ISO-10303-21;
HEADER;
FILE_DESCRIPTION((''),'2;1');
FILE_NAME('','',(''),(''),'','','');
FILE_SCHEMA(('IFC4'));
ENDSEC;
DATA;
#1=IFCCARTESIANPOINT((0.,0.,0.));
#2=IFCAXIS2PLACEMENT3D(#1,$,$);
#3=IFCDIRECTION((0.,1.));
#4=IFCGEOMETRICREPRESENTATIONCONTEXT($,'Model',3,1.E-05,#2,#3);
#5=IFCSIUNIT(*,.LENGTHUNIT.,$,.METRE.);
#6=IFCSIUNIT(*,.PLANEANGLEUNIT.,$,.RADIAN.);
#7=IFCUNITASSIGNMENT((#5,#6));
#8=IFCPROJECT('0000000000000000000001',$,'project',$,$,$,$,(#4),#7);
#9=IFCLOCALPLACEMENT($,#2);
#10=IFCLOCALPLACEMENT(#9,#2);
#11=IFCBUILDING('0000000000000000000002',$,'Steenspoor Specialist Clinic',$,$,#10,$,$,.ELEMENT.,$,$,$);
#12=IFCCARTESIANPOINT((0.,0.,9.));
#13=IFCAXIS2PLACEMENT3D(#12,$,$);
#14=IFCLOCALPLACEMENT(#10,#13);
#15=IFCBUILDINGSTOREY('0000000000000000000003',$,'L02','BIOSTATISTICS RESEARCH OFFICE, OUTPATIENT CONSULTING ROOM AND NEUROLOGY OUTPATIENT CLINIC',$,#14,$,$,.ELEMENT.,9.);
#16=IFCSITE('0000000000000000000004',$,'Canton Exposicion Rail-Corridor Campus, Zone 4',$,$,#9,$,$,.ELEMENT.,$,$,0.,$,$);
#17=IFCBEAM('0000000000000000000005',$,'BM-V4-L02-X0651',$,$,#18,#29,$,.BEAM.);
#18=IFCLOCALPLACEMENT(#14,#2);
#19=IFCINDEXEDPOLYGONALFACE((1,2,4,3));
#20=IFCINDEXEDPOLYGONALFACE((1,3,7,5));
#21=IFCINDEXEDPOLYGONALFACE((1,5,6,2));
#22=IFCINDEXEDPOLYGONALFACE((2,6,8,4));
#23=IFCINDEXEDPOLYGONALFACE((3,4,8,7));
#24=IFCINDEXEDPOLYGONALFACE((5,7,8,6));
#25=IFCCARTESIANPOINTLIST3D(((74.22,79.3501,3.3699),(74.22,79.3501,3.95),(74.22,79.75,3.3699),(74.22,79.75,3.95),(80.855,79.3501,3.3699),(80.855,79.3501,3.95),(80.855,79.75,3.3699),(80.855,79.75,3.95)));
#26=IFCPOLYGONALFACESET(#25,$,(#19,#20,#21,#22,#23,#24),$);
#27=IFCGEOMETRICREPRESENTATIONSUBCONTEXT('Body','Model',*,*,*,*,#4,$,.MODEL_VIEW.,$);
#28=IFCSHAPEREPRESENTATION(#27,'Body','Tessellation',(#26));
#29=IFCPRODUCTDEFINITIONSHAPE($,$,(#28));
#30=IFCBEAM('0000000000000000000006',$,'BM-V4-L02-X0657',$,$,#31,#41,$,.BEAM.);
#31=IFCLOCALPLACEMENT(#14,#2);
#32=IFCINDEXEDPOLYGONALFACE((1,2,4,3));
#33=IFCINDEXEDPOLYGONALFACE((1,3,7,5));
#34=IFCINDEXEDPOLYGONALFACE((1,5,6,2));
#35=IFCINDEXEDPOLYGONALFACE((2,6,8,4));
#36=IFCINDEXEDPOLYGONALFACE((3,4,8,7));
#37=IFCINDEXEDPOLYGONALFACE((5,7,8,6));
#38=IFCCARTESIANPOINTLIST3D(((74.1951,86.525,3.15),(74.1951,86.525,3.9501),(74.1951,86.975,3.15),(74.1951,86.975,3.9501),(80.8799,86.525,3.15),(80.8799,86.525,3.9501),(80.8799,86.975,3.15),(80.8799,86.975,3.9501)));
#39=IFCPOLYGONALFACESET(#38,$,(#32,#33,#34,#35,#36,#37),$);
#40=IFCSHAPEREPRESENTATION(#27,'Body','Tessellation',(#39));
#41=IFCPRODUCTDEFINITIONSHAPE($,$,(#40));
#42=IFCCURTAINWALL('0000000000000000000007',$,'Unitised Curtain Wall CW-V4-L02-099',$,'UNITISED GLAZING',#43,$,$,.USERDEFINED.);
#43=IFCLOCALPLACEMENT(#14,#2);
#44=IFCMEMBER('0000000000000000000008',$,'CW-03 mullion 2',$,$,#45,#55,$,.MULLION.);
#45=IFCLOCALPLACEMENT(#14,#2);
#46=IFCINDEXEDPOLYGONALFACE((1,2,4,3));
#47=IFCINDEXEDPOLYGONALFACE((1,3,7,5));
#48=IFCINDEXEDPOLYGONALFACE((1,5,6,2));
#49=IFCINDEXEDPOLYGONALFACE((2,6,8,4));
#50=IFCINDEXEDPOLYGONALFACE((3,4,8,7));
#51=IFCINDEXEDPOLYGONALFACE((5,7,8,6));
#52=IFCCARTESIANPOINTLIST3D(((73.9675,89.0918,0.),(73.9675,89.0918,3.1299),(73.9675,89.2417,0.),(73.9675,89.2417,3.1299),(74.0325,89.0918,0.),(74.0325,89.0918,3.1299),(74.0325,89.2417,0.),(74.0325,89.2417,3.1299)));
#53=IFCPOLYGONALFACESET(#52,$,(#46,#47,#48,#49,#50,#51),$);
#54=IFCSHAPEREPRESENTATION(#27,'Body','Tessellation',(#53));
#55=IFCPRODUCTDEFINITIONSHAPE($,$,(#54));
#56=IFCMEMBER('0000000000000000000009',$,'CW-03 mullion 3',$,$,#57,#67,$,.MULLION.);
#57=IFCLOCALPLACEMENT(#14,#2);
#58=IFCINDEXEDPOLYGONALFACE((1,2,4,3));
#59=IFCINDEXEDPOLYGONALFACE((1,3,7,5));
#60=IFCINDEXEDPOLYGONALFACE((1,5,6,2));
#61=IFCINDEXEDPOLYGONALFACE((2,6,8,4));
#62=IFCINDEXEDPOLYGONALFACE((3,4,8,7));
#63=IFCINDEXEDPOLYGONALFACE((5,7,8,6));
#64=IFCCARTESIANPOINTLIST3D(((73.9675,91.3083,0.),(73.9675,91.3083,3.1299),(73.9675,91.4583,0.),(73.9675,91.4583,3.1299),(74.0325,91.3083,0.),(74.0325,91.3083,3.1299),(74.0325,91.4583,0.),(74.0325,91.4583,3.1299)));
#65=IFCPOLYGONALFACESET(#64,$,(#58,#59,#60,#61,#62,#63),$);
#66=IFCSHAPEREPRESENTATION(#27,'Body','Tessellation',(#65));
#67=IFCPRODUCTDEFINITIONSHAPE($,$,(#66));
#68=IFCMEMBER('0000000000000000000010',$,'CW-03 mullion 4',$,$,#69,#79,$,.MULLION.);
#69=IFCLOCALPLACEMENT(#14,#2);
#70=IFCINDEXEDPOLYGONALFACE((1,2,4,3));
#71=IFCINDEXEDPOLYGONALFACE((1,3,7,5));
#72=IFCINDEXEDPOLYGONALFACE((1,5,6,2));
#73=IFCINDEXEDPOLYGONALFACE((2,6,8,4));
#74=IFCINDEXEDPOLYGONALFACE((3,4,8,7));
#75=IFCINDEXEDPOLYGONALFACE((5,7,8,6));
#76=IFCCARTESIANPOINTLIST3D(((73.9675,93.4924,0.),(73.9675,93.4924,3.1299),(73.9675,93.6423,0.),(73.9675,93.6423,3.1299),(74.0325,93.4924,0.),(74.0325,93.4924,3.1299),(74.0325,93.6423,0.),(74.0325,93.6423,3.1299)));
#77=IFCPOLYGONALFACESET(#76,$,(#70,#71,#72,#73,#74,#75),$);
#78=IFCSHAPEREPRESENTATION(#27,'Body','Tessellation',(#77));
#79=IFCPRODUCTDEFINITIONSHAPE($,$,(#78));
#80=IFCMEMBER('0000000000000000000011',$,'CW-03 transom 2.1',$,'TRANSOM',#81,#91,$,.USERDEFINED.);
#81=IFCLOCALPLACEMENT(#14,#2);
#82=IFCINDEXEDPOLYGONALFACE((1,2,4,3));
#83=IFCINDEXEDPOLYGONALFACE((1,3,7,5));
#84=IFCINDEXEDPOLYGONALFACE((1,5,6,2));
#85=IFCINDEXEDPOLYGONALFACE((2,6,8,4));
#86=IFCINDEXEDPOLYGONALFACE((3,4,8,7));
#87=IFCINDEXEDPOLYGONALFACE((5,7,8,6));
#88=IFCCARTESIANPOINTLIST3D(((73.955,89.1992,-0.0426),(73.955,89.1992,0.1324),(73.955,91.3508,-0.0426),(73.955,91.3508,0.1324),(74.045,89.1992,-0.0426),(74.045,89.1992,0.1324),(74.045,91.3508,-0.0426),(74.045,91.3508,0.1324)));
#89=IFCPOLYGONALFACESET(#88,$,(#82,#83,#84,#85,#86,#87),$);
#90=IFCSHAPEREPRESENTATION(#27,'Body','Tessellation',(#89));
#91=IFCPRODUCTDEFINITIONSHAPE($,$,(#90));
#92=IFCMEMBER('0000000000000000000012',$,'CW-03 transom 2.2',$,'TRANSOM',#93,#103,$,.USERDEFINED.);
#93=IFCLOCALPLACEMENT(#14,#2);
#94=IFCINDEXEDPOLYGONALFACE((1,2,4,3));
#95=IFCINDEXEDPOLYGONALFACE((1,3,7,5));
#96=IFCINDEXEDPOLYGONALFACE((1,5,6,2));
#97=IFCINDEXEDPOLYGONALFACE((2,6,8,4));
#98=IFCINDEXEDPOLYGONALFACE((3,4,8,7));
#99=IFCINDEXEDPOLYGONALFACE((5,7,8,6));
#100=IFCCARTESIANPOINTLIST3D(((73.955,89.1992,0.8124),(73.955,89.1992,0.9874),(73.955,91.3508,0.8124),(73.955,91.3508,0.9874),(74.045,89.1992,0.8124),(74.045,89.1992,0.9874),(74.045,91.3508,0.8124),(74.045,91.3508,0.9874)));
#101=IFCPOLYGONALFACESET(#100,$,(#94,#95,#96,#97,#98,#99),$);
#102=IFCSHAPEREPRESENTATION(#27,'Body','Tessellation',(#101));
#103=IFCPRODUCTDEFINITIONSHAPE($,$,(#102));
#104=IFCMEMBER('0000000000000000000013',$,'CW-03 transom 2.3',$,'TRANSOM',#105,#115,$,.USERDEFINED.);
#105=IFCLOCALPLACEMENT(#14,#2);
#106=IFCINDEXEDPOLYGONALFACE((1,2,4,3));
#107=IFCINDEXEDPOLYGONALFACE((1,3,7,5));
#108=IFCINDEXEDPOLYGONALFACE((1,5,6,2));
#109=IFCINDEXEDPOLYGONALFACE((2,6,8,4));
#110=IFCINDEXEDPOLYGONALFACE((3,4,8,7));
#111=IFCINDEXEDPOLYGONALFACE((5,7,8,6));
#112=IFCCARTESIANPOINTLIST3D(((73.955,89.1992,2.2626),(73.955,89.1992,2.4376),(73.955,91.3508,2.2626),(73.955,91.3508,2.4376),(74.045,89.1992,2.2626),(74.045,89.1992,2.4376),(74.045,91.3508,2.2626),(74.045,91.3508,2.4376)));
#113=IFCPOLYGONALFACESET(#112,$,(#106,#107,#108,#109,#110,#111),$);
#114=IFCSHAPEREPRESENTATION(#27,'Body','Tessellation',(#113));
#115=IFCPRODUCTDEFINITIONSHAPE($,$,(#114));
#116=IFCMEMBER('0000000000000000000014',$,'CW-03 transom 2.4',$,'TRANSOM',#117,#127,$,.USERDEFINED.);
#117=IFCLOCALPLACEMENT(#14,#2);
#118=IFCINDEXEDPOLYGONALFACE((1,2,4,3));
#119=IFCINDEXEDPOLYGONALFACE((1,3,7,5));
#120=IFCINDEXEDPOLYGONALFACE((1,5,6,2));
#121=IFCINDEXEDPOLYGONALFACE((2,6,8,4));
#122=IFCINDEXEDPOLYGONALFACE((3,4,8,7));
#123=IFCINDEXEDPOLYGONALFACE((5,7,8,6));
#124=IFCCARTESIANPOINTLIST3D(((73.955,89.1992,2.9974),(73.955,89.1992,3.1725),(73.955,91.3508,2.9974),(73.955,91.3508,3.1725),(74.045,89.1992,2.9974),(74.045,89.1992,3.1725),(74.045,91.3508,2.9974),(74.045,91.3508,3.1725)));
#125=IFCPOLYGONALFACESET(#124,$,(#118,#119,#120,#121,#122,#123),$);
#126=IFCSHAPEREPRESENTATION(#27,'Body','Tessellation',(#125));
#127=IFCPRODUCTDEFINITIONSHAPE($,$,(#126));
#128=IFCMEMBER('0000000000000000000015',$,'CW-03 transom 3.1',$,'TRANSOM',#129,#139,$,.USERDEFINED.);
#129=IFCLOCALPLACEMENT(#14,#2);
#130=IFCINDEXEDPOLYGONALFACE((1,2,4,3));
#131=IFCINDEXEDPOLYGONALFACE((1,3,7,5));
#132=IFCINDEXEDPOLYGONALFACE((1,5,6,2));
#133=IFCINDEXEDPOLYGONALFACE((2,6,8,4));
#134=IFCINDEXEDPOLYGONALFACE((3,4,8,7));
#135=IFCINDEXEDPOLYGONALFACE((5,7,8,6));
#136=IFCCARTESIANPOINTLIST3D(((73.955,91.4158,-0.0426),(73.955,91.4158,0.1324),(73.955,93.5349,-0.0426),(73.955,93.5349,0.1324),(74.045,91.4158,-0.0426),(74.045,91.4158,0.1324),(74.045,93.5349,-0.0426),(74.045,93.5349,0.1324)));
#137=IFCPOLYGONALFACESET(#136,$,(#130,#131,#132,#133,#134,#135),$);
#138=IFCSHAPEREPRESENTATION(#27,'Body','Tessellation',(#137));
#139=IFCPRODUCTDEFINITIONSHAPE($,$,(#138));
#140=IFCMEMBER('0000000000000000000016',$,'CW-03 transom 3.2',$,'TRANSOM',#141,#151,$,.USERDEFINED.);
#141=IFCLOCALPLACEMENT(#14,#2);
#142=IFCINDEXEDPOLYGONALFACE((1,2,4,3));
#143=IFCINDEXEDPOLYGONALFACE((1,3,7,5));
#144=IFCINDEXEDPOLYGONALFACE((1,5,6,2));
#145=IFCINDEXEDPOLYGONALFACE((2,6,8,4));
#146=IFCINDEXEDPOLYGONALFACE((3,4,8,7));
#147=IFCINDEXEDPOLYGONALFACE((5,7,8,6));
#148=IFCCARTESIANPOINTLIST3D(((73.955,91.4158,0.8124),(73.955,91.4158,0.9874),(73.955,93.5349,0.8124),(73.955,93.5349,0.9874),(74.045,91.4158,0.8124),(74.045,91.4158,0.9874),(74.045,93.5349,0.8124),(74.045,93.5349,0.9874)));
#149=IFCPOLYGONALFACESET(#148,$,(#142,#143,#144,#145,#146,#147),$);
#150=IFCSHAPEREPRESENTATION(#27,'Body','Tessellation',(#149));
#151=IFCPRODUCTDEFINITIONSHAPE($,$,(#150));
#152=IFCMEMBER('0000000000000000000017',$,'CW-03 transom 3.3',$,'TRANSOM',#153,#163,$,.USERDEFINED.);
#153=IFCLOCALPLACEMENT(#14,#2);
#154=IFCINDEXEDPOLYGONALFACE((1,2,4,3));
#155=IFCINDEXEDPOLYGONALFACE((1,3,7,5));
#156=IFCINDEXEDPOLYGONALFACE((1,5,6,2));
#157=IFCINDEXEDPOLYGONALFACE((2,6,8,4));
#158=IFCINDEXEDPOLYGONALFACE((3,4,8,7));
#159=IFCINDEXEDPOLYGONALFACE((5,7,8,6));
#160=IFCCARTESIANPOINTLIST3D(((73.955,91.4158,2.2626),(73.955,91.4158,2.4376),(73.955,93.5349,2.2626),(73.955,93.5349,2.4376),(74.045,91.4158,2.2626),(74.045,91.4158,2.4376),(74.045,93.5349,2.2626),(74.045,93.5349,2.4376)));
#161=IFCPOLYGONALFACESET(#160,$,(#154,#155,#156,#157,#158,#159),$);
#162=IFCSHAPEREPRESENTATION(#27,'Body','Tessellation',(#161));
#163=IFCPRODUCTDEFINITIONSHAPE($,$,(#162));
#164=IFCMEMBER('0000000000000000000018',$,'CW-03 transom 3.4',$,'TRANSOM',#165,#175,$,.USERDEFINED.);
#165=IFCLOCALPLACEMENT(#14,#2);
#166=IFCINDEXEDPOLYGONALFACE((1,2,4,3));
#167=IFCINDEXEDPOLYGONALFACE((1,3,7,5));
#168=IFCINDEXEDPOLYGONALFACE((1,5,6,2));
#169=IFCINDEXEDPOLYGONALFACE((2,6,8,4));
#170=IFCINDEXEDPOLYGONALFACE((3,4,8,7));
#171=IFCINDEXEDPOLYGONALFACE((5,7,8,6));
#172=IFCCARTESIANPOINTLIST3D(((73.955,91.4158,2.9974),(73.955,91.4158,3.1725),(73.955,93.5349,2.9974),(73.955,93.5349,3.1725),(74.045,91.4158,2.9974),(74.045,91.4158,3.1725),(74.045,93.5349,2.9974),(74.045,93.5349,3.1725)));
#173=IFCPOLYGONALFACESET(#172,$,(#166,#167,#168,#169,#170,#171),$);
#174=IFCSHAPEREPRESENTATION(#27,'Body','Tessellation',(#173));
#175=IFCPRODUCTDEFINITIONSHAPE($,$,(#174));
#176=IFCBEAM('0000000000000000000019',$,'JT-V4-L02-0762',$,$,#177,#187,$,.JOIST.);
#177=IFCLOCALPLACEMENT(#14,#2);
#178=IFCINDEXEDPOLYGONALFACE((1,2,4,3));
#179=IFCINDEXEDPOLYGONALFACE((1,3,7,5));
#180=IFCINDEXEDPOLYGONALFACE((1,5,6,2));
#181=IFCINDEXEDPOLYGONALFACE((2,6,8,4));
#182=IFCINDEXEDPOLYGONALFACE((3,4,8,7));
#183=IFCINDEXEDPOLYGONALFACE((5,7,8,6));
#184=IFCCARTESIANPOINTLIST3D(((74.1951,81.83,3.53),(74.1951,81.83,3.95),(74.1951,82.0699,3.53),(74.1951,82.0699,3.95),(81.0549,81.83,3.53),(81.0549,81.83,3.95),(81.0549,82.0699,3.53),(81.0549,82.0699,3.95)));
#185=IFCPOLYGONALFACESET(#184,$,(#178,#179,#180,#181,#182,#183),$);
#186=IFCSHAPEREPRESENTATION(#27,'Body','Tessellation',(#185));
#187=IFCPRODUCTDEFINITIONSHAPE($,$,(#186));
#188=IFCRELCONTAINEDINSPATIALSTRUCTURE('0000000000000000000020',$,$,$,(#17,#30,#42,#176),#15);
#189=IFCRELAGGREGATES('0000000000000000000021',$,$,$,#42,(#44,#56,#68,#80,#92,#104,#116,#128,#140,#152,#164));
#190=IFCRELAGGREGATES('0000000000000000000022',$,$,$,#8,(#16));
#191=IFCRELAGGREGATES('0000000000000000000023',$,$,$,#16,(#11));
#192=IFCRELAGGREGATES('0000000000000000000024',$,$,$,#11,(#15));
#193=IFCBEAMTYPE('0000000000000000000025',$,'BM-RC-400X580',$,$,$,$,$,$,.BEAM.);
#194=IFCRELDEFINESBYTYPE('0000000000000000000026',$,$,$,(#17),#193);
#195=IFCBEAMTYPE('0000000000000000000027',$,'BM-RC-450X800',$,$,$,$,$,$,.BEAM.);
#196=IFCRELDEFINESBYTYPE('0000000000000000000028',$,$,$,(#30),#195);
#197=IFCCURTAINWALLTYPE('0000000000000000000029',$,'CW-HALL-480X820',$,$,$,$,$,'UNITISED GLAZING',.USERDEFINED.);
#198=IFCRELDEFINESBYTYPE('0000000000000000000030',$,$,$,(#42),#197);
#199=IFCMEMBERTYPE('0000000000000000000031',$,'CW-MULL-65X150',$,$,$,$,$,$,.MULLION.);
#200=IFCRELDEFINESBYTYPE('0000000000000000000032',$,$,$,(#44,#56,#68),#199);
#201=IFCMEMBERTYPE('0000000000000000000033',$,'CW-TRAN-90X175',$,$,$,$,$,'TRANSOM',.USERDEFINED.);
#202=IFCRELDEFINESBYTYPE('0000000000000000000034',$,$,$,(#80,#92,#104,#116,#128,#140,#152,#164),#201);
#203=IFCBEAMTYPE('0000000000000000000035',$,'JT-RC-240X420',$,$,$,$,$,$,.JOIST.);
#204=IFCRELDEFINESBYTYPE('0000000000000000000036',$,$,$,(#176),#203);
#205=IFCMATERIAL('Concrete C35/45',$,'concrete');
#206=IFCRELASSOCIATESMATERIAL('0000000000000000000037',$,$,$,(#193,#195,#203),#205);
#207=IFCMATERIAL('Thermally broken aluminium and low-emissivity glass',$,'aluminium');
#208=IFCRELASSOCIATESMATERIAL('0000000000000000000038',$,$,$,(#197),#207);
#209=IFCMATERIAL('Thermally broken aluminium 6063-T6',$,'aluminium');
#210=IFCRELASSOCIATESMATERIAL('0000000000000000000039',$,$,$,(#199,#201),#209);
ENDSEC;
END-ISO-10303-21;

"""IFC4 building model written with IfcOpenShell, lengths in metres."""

from ifc_helpers import new_model, si_unit, direction, frame, origin, origin_2d, place, context, subcontext, project, spatial, rectangle, extrude, material, material_profile, profile_set, type_object, element, aggregate, save


model = new_model("IFC4")

# Units and contexts
model_context = context("Model", 3, precision=1e-05, world=origin(), true_north=direction((0.0, 1.0)))
body_context = subcontext(model_context, "Body", "Model", "MODEL_VIEW")
ifc_project = project(units=[si_unit("LENGTHUNIT", "METRE"), si_unit("PLANEANGLEUNIT", "RADIAN")], contexts=[model_context])

# Site, building, storey
site_placement = place(None, origin())
site = spatial("IfcSite", under=ifc_project, at=site_placement, Name="Canton Exposicion Rail-Corridor Campus, Zone 4", CompositionType="ELEMENT", RefElevation=0.0)
building_placement = place(site_placement, origin())
building = spatial("IfcBuilding", under=site, at=building_placement, Name="Steenspoor Specialist Clinic", CompositionType="ELEMENT")
storey_placement = place(building_placement, frame((0.0, 0.0, 9.0)))
storey = spatial("IfcBuildingStorey", under=building, at=storey_placement, Name="L02", Description="BIOSTATISTICS RESEARCH OFFICE, OUTPATIENT CONSULTING ROOM AND NEUROLOGY OUTPATIENT CLINIC", CompositionType="ELEMENT", Elevation=9.0)

# Beams
ifc_material_1 = material(Name="Concrete C35/45", Category="concrete")
ifc_material_profile_1 = material_profile(ifc_material_1, rectangle(XDim=0.3999, YDim=0.5801, at=origin_2d()), Name="RC-BM-400X580")
ifc_profile_set_1 = profile_set([ifc_material_profile_1], Name="Concrete C35/45")
beam_type_1 = type_object("IfcBeamType", Name="BM-RC-400X580", PredefinedType="BEAM", material=ifc_profile_set_1)
beam_1_placement = place(storey_placement, frame((74.22, 79.55, 3.6599), z_axis=(1.0, 0.0, 0.0), x_axis=(0.0, 1.0, 0.0)))
element("IfcBeam", 1, at=beam_1_placement, inside=storey, type_object=beam_type_1, Name="BM-V4-L02-X0651", PredefinedType="BEAM", context=body_context, shape_type="SweptSolid", body=[
    extrude(rectangle(XDim=0.3999, YDim=0.5801, at=origin_2d()), origin(), (0.0, 0.0, 1.0), 6.635),
])
ifc_material_profile_2 = material_profile(ifc_material_1, rectangle(XDim=0.45, YDim=0.8, at=origin_2d()), Name="RC-BM-450X800")
ifc_profile_set_2 = profile_set([ifc_material_profile_2], Name="Concrete C35/45")
beam_type_2 = type_object("IfcBeamType", Name="BM-RC-450X800", PredefinedType="BEAM", material=ifc_profile_set_2)
beam_2_placement = place(storey_placement, frame((74.1951, 86.75, 3.55), z_axis=(1.0, 0.0, 0.0), x_axis=(0.0, 1.0, 0.0)))
element("IfcBeam", 2, at=beam_2_placement, inside=storey, type_object=beam_type_2, Name="BM-V4-L02-X0657", PredefinedType="BEAM", context=body_context, shape_type="SweptSolid", body=[
    extrude(rectangle(XDim=0.45, YDim=0.8, at=origin_2d()), origin(), (0.0, 0.0, 1.0), 6.6848),
])

# Curtain wall, members
ifc_material_2 = material(Name="Thermally broken aluminium and low-emissivity glass", Category="aluminium")
curtain_wall_type = type_object("IfcCurtainWallType", Name="CW-HALL-480X820", ElementType="UNITISED GLAZING", PredefinedType="USERDEFINED", material=ifc_material_2)
curtain_wall_placement = place(storey_placement, origin())
curtain_wall = element("IfcCurtainWall", 3, at=curtain_wall_placement, inside=storey, type_object=curtain_wall_type, Name="Unitised Curtain Wall CW-V4-L02-099", ObjectType="UNITISED GLAZING", PredefinedType="USERDEFINED")
ifc_material_3 = material(Name="Thermally broken aluminium 6063-T6", Category="aluminium")
ifc_material_profile_3 = material_profile(ifc_material_3, rectangle(XDim=0.0649, YDim=0.1499, at=origin_2d()), Name="CWM-65X150")
ifc_profile_set_3 = profile_set([ifc_material_profile_3], Name="Thermally broken aluminium 6063-T6")
member_type_1 = type_object("IfcMemberType", Name="CW-MULL-65X150", PredefinedType="MULLION", material=ifc_profile_set_3)
member_1_placement = place(storey_placement, frame((74.0, 89.1667, 0.0), z_axis=(0.0, 0.0, 1.0), x_axis=(-1.0, 0.0, 0.0)))
member_1 = element("IfcMember", 4, at=member_1_placement, type_object=member_type_1, Name="CW-03 mullion 2", PredefinedType="MULLION", context=body_context, shape_type="SweptSolid", body=[
    extrude(rectangle(XDim=0.0649, YDim=0.1499, at=origin_2d()), origin(), (0.0, 0.0, 1.0), 3.1299),
])
member_2_placement = place(storey_placement, frame((74.0, 91.3833, 0.0), z_axis=(0.0, 0.0, 1.0), x_axis=(-1.0, 0.0, 0.0)))
member_2 = element("IfcMember", 5, at=member_2_placement, type_object=member_type_1, Name="CW-03 mullion 3", PredefinedType="MULLION", context=body_context, shape_type="SweptSolid", body=[
    extrude(rectangle(XDim=0.0649, YDim=0.1499, at=origin_2d()), origin(), (0.0, 0.0, 1.0), 3.1299),
])
member_3_placement = place(storey_placement, frame((74.0, 93.5674, 0.0), z_axis=(0.0, 0.0, 1.0), x_axis=(-1.0, 0.0, 0.0)))
member_3 = element("IfcMember", 6, at=member_3_placement, type_object=member_type_1, Name="CW-03 mullion 4", PredefinedType="MULLION", context=body_context, shape_type="SweptSolid", body=[
    extrude(rectangle(XDim=0.0649, YDim=0.1499, at=origin_2d()), origin(), (0.0, 0.0, 1.0), 3.1299),
])
ifc_material_profile_4 = material_profile(ifc_material_3, rectangle(XDim=0.0901, YDim=0.175, at=origin_2d()), Name="CWT-90X175")
ifc_profile_set_4 = profile_set([ifc_material_profile_4], Name="Thermally broken aluminium 6063-T6")
member_type_2 = type_object("IfcMemberType", Name="CW-TRAN-90X175", ElementType="TRANSOM", PredefinedType="USERDEFINED", material=ifc_profile_set_4)
member_4_placement = place(storey_placement, frame((74.0, 89.1992, 0.0449), z_axis=(0.0, 1.0, 0.0), x_axis=(-1.0, 0.0, 0.0)))
member_4 = element("IfcMember", 7, at=member_4_placement, type_object=member_type_2, Name="CW-03 transom 2.1", ObjectType="TRANSOM", PredefinedType="USERDEFINED", context=body_context, shape_type="SweptSolid", body=[
    extrude(rectangle(XDim=0.0901, YDim=0.175, at=origin_2d()), origin(), (0.0, 0.0, 1.0), 2.1516),
])
member_5_placement = place(storey_placement, frame((74.0, 89.1992, 0.8999), z_axis=(0.0, 1.0, 0.0), x_axis=(-1.0, 0.0, 0.0)))
member_5 = element("IfcMember", 8, at=member_5_placement, type_object=member_type_2, Name="CW-03 transom 2.2", ObjectType="TRANSOM", PredefinedType="USERDEFINED", context=body_context, shape_type="SweptSolid", body=[
    extrude(rectangle(XDim=0.0901, YDim=0.175, at=origin_2d()), origin(), (0.0, 0.0, 1.0), 2.1516),
])
member_6_placement = place(storey_placement, frame((74.0, 89.1992, 2.3501), z_axis=(0.0, 1.0, 0.0), x_axis=(-1.0, 0.0, 0.0)))
member_6 = element("IfcMember", 9, at=member_6_placement, type_object=member_type_2, Name="CW-03 transom 2.3", ObjectType="TRANSOM", PredefinedType="USERDEFINED", context=body_context, shape_type="SweptSolid", body=[
    extrude(rectangle(XDim=0.0901, YDim=0.175, at=origin_2d()), origin(), (0.0, 0.0, 1.0), 2.1516),
])
member_7_placement = place(storey_placement, frame((74.0, 89.1992, 3.085), z_axis=(0.0, 1.0, 0.0), x_axis=(-1.0, 0.0, 0.0)))
member_7 = element("IfcMember", 10, at=member_7_placement, type_object=member_type_2, Name="CW-03 transom 2.4", ObjectType="TRANSOM", PredefinedType="USERDEFINED", context=body_context, shape_type="SweptSolid", body=[
    extrude(rectangle(XDim=0.0901, YDim=0.175, at=origin_2d()), origin(), (0.0, 0.0, 1.0), 2.1516),
])
member_8_placement = place(storey_placement, frame((74.0, 91.4158, 0.0449), z_axis=(0.0, 1.0, 0.0), x_axis=(-1.0, 0.0, 0.0)))
member_8 = element("IfcMember", 11, at=member_8_placement, type_object=member_type_2, Name="CW-03 transom 3.1", ObjectType="TRANSOM", PredefinedType="USERDEFINED", context=body_context, shape_type="SweptSolid", body=[
    extrude(rectangle(XDim=0.0901, YDim=0.175, at=origin_2d()), origin(), (0.0, 0.0, 1.0), 2.1191),
])
member_9_placement = place(storey_placement, frame((74.0, 91.4158, 0.8999), z_axis=(0.0, 1.0, 0.0), x_axis=(-1.0, 0.0, 0.0)))
member_9 = element("IfcMember", 12, at=member_9_placement, type_object=member_type_2, Name="CW-03 transom 3.2", ObjectType="TRANSOM", PredefinedType="USERDEFINED", context=body_context, shape_type="SweptSolid", body=[
    extrude(rectangle(XDim=0.0901, YDim=0.175, at=origin_2d()), origin(), (0.0, 0.0, 1.0), 2.1191),
])
member_10_placement = place(storey_placement, frame((74.0, 91.4158, 2.3501), z_axis=(0.0, 1.0, 0.0), x_axis=(-1.0, 0.0, 0.0)))
member_10 = element("IfcMember", 13, at=member_10_placement, type_object=member_type_2, Name="CW-03 transom 3.3", ObjectType="TRANSOM", PredefinedType="USERDEFINED", context=body_context, shape_type="SweptSolid", body=[
    extrude(rectangle(XDim=0.0901, YDim=0.175, at=origin_2d()), origin(), (0.0, 0.0, 1.0), 2.1191),
])
member_11_placement = place(storey_placement, frame((74.0, 91.4158, 3.085), z_axis=(0.0, 1.0, 0.0), x_axis=(-1.0, 0.0, 0.0)))
member_11 = element("IfcMember", 14, at=member_11_placement, type_object=member_type_2, Name="CW-03 transom 3.4", ObjectType="TRANSOM", PredefinedType="USERDEFINED", context=body_context, shape_type="SweptSolid", body=[
    extrude(rectangle(XDim=0.0901, YDim=0.175, at=origin_2d()), origin(), (0.0, 0.0, 1.0), 2.1191),
])

# Beam
ifc_material_profile_5 = material_profile(ifc_material_1, rectangle(XDim=0.24, YDim=0.4199, at=origin_2d()), Name="RC-JT-240X420")
ifc_profile_set_5 = profile_set([ifc_material_profile_5], Name="Concrete C35/45")
beam_type_3 = type_object("IfcBeamType", Name="JT-RC-240X420", PredefinedType="JOIST", material=ifc_profile_set_5)
beam_3_placement = place(storey_placement, frame((74.1951, 81.95, 3.74), z_axis=(1.0, 0.0, 0.0), x_axis=(0.0, 1.0, 0.0)))
element("IfcBeam", 15, at=beam_3_placement, inside=storey, type_object=beam_type_3, Name="JT-V4-L02-0762", PredefinedType="JOIST", context=body_context, shape_type="SweptSolid", body=[
    extrude(rectangle(XDim=0.24, YDim=0.4199, at=origin_2d()), origin(), (0.0, 0.0, 1.0), 6.8599),
])

aggregate(curtain_wall, [member_1, member_2, member_3, member_4, member_5, member_6, member_7, member_8, member_9, member_10, member_11])

save(model, "model.ifc")
